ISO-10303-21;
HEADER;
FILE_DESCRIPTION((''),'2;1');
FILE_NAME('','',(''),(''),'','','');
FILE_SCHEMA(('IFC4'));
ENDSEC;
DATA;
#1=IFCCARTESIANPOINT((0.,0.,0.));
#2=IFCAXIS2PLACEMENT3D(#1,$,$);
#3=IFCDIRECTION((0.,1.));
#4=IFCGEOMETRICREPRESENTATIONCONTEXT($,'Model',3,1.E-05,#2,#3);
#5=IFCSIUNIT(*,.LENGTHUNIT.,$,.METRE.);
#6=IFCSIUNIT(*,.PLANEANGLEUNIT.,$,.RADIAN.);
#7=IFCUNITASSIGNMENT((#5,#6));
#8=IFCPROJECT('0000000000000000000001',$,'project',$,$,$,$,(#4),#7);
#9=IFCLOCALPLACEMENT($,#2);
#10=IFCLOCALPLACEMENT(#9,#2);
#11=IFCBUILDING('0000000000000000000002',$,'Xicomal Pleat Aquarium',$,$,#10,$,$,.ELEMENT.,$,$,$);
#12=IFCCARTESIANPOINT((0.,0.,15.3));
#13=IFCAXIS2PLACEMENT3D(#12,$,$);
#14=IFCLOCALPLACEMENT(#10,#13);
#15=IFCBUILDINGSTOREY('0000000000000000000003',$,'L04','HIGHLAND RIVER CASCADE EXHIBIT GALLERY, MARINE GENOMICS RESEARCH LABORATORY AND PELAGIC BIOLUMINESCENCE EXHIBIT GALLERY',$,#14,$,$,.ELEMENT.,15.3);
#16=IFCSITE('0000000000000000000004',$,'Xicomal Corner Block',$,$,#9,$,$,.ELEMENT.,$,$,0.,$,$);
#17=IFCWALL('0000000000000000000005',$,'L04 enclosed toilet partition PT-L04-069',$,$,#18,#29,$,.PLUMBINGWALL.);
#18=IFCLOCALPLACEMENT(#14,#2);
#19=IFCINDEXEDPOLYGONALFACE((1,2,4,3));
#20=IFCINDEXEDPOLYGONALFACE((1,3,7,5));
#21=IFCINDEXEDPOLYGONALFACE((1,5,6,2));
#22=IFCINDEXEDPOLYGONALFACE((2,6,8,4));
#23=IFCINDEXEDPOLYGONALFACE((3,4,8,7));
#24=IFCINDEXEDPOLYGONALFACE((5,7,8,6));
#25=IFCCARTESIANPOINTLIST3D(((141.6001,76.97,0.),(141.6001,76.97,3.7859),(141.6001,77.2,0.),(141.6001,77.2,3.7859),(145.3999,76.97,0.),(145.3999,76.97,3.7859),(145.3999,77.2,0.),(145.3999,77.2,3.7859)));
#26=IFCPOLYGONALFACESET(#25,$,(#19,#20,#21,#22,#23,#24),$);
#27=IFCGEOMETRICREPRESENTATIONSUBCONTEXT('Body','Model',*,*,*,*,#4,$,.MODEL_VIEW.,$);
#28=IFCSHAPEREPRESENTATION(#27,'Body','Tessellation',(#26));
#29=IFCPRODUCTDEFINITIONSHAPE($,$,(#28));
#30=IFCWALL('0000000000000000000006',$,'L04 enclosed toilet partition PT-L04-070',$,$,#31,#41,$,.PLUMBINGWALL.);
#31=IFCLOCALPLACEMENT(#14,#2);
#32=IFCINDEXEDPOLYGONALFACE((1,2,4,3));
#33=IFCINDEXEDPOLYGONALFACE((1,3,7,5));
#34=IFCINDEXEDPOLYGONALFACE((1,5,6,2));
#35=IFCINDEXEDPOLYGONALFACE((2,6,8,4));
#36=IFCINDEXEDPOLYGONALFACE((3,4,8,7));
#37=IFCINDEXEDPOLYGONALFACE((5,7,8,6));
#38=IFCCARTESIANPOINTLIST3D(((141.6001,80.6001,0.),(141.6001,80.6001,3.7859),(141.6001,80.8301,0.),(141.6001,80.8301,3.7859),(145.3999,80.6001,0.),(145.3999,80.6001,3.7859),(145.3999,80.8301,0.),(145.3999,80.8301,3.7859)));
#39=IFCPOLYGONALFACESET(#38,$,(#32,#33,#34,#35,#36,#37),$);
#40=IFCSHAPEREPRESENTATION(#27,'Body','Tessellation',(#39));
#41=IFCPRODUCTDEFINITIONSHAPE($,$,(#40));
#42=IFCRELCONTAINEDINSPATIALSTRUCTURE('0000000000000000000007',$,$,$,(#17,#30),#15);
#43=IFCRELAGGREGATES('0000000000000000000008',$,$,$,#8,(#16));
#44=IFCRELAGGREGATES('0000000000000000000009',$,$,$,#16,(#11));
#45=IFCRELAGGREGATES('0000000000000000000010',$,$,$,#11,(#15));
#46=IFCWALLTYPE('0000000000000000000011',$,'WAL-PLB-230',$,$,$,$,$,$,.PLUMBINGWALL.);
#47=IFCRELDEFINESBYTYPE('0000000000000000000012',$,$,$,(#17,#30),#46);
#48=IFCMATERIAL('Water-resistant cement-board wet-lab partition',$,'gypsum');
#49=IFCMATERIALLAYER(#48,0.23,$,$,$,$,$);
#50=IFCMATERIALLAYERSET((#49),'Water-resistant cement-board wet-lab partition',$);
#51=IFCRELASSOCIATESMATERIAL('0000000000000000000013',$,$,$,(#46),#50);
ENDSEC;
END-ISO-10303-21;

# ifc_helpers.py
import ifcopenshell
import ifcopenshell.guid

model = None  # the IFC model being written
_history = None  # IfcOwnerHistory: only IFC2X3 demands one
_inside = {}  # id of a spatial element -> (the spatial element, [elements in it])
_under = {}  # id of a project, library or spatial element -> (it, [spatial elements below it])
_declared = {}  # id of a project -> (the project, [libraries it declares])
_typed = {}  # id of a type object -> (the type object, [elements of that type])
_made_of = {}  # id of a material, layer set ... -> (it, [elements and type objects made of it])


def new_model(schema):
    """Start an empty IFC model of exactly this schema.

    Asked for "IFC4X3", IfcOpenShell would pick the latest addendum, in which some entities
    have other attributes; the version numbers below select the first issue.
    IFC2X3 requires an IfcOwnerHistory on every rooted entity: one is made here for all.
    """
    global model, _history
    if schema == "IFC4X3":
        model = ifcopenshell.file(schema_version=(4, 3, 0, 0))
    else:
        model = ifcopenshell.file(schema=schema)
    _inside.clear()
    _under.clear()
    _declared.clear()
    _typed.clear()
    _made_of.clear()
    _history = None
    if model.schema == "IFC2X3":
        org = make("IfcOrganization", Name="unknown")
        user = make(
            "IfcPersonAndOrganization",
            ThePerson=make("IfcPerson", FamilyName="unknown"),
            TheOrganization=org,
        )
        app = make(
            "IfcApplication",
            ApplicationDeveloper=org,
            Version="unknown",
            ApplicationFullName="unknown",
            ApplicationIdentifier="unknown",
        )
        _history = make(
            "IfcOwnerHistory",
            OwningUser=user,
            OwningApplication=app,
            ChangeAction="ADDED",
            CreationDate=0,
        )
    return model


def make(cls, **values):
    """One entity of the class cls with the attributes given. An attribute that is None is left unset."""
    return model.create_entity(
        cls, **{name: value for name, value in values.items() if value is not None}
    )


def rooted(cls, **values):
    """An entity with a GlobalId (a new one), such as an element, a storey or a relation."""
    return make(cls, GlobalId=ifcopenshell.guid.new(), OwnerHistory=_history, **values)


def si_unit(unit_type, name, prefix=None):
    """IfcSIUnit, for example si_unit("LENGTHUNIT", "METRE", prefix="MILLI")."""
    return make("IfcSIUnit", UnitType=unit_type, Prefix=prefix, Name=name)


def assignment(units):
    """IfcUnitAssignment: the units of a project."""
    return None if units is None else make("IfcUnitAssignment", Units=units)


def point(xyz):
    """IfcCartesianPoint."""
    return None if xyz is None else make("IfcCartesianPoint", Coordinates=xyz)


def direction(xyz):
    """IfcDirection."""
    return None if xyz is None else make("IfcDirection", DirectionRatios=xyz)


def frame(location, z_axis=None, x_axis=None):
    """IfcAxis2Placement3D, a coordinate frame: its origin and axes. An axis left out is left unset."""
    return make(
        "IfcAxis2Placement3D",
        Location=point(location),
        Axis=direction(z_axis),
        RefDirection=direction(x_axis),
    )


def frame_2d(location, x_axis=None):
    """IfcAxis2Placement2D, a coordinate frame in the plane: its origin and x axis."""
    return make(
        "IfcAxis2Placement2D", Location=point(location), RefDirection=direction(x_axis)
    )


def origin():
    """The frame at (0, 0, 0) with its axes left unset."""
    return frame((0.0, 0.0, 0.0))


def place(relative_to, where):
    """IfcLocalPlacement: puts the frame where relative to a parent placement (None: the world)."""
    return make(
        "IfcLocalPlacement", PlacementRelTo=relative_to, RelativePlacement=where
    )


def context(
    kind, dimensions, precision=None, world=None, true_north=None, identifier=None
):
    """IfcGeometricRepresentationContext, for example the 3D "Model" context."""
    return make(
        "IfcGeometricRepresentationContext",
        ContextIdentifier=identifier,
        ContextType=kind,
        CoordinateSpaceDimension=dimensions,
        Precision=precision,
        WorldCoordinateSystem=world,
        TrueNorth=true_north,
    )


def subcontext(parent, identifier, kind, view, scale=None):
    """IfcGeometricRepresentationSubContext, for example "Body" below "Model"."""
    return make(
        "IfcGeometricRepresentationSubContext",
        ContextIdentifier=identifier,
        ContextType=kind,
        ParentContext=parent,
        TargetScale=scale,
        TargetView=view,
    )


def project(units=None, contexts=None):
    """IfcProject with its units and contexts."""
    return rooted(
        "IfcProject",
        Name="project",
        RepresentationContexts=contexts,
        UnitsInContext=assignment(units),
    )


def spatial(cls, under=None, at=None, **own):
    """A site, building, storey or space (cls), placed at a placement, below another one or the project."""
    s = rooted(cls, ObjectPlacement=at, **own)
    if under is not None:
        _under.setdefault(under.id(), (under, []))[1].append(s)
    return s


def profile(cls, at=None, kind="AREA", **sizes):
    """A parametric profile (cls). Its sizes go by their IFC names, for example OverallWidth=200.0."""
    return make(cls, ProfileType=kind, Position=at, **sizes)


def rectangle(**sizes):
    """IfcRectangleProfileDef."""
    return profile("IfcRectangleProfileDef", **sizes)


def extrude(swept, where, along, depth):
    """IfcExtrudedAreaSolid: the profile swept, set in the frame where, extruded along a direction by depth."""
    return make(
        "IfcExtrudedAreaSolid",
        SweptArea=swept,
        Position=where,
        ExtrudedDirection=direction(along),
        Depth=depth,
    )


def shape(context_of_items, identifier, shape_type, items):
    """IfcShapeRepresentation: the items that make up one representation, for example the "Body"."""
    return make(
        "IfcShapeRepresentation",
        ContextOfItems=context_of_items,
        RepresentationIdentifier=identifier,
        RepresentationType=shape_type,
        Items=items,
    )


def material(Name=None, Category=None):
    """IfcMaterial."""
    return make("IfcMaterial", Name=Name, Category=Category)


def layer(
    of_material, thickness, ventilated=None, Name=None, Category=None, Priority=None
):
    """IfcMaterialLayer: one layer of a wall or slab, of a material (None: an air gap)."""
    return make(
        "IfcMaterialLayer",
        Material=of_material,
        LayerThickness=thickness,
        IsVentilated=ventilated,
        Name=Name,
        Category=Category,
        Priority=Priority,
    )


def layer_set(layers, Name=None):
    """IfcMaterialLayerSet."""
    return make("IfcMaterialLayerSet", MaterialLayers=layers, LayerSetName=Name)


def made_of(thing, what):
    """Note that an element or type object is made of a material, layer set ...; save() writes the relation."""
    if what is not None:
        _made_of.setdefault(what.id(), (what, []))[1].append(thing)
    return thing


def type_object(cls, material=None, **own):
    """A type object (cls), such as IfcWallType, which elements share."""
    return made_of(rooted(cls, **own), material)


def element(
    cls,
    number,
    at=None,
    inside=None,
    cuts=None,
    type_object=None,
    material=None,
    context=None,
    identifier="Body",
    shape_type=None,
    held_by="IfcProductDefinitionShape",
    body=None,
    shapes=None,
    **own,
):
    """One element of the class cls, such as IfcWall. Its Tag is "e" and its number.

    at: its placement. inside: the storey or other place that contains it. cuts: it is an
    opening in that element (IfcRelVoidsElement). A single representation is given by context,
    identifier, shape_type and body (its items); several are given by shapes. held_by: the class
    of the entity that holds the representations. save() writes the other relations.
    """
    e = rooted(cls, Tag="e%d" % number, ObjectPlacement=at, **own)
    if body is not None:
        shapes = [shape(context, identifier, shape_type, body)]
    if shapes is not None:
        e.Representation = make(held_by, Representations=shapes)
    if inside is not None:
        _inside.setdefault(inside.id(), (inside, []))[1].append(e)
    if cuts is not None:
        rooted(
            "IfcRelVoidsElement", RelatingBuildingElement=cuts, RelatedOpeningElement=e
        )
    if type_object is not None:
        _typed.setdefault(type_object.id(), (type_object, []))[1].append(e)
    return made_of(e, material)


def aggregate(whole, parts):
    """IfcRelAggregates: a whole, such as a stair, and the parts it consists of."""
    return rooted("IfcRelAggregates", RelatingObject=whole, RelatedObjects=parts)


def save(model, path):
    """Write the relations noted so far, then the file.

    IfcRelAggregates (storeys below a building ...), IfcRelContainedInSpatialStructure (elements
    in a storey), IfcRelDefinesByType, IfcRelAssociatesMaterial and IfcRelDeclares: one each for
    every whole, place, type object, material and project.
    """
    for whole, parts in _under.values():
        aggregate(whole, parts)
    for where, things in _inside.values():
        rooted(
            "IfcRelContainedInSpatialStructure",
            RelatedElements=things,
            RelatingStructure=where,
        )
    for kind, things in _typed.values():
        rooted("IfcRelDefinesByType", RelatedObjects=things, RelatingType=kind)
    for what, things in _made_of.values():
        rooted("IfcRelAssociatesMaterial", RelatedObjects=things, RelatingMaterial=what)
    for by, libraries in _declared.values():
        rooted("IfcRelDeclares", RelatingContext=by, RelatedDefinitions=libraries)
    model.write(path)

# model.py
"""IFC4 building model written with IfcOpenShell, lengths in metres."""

from ifc_helpers import new_model, si_unit, direction, frame, frame_2d, origin, place, context, subcontext, project, spatial, rectangle, extrude, material, layer, layer_set, type_object, element, save


model = new_model("IFC4")

# Units and contexts
model_context = context("Model", 3, precision=1e-05, world=origin(), true_north=direction((0.0, 1.0)))
body_context = subcontext(model_context, "Body", "Model", "MODEL_VIEW")
ifc_project = project(units=[si_unit("LENGTHUNIT", "METRE"), si_unit("PLANEANGLEUNIT", "RADIAN")], contexts=[model_context])

# Site, building, storey
site_placement = place(None, origin())
site = spatial("IfcSite", under=ifc_project, at=site_placement, Name="Xicomal Corner Block", CompositionType="ELEMENT", RefElevation=0.0)
building_placement = place(site_placement, origin())
building = spatial("IfcBuilding", under=site, at=building_placement, Name="Xicomal Pleat Aquarium", CompositionType="ELEMENT")
storey_placement = place(building_placement, frame((0.0, 0.0, 15.3)))
storey = spatial("IfcBuildingStorey", under=building, at=storey_placement, Name="L04", Description="HIGHLAND RIVER CASCADE EXHIBIT GALLERY, MARINE GENOMICS RESEARCH LABORATORY AND PELAGIC BIOLUMINESCENCE EXHIBIT GALLERY", CompositionType="ELEMENT", Elevation=15.3)

# Shared definitions
ifc_material_1 = material(Name="Water-resistant cement-board wet-lab partition", Category="gypsum")
ifc_layer_1 = layer(ifc_material_1, 0.23)
ifc_layer_set_1 = layer_set([ifc_layer_1], Name="Water-resistant cement-board wet-lab partition")
wall_type_1 = type_object("IfcWallType", Name="WAL-PLB-230", PredefinedType="PLUMBINGWALL", material=ifc_layer_set_1)

# Walls
for number, where, z_axis, x_axis, name in (
    (1, (141.6001, 77.085, 0.0), (0.0, 0.0, 1.0), (1.0, 0.0, 0.0), "L04 enclosed toilet partition PT-L04-069"),
    (2, (141.6001, 80.7151, 0.0), (0.0, 0.0, 1.0), (1.0, 0.0, 0.0), "L04 enclosed toilet partition PT-L04-070"),
):
    element("IfcWall", number, at=place(storey_placement, frame(where, z_axis=z_axis, x_axis=x_axis)), inside=storey, type_object=wall_type_1, Name=name, PredefinedType="PLUMBINGWALL", context=body_context, shape_type="SweptSolid", body=[
        extrude(rectangle(XDim=3.7998, YDim=0.23, at=frame_2d((1.8999, 0.0))), origin(), (0.0, 0.0, 1.0), 3.7859),
    ])

save(model, "model.ifc")
